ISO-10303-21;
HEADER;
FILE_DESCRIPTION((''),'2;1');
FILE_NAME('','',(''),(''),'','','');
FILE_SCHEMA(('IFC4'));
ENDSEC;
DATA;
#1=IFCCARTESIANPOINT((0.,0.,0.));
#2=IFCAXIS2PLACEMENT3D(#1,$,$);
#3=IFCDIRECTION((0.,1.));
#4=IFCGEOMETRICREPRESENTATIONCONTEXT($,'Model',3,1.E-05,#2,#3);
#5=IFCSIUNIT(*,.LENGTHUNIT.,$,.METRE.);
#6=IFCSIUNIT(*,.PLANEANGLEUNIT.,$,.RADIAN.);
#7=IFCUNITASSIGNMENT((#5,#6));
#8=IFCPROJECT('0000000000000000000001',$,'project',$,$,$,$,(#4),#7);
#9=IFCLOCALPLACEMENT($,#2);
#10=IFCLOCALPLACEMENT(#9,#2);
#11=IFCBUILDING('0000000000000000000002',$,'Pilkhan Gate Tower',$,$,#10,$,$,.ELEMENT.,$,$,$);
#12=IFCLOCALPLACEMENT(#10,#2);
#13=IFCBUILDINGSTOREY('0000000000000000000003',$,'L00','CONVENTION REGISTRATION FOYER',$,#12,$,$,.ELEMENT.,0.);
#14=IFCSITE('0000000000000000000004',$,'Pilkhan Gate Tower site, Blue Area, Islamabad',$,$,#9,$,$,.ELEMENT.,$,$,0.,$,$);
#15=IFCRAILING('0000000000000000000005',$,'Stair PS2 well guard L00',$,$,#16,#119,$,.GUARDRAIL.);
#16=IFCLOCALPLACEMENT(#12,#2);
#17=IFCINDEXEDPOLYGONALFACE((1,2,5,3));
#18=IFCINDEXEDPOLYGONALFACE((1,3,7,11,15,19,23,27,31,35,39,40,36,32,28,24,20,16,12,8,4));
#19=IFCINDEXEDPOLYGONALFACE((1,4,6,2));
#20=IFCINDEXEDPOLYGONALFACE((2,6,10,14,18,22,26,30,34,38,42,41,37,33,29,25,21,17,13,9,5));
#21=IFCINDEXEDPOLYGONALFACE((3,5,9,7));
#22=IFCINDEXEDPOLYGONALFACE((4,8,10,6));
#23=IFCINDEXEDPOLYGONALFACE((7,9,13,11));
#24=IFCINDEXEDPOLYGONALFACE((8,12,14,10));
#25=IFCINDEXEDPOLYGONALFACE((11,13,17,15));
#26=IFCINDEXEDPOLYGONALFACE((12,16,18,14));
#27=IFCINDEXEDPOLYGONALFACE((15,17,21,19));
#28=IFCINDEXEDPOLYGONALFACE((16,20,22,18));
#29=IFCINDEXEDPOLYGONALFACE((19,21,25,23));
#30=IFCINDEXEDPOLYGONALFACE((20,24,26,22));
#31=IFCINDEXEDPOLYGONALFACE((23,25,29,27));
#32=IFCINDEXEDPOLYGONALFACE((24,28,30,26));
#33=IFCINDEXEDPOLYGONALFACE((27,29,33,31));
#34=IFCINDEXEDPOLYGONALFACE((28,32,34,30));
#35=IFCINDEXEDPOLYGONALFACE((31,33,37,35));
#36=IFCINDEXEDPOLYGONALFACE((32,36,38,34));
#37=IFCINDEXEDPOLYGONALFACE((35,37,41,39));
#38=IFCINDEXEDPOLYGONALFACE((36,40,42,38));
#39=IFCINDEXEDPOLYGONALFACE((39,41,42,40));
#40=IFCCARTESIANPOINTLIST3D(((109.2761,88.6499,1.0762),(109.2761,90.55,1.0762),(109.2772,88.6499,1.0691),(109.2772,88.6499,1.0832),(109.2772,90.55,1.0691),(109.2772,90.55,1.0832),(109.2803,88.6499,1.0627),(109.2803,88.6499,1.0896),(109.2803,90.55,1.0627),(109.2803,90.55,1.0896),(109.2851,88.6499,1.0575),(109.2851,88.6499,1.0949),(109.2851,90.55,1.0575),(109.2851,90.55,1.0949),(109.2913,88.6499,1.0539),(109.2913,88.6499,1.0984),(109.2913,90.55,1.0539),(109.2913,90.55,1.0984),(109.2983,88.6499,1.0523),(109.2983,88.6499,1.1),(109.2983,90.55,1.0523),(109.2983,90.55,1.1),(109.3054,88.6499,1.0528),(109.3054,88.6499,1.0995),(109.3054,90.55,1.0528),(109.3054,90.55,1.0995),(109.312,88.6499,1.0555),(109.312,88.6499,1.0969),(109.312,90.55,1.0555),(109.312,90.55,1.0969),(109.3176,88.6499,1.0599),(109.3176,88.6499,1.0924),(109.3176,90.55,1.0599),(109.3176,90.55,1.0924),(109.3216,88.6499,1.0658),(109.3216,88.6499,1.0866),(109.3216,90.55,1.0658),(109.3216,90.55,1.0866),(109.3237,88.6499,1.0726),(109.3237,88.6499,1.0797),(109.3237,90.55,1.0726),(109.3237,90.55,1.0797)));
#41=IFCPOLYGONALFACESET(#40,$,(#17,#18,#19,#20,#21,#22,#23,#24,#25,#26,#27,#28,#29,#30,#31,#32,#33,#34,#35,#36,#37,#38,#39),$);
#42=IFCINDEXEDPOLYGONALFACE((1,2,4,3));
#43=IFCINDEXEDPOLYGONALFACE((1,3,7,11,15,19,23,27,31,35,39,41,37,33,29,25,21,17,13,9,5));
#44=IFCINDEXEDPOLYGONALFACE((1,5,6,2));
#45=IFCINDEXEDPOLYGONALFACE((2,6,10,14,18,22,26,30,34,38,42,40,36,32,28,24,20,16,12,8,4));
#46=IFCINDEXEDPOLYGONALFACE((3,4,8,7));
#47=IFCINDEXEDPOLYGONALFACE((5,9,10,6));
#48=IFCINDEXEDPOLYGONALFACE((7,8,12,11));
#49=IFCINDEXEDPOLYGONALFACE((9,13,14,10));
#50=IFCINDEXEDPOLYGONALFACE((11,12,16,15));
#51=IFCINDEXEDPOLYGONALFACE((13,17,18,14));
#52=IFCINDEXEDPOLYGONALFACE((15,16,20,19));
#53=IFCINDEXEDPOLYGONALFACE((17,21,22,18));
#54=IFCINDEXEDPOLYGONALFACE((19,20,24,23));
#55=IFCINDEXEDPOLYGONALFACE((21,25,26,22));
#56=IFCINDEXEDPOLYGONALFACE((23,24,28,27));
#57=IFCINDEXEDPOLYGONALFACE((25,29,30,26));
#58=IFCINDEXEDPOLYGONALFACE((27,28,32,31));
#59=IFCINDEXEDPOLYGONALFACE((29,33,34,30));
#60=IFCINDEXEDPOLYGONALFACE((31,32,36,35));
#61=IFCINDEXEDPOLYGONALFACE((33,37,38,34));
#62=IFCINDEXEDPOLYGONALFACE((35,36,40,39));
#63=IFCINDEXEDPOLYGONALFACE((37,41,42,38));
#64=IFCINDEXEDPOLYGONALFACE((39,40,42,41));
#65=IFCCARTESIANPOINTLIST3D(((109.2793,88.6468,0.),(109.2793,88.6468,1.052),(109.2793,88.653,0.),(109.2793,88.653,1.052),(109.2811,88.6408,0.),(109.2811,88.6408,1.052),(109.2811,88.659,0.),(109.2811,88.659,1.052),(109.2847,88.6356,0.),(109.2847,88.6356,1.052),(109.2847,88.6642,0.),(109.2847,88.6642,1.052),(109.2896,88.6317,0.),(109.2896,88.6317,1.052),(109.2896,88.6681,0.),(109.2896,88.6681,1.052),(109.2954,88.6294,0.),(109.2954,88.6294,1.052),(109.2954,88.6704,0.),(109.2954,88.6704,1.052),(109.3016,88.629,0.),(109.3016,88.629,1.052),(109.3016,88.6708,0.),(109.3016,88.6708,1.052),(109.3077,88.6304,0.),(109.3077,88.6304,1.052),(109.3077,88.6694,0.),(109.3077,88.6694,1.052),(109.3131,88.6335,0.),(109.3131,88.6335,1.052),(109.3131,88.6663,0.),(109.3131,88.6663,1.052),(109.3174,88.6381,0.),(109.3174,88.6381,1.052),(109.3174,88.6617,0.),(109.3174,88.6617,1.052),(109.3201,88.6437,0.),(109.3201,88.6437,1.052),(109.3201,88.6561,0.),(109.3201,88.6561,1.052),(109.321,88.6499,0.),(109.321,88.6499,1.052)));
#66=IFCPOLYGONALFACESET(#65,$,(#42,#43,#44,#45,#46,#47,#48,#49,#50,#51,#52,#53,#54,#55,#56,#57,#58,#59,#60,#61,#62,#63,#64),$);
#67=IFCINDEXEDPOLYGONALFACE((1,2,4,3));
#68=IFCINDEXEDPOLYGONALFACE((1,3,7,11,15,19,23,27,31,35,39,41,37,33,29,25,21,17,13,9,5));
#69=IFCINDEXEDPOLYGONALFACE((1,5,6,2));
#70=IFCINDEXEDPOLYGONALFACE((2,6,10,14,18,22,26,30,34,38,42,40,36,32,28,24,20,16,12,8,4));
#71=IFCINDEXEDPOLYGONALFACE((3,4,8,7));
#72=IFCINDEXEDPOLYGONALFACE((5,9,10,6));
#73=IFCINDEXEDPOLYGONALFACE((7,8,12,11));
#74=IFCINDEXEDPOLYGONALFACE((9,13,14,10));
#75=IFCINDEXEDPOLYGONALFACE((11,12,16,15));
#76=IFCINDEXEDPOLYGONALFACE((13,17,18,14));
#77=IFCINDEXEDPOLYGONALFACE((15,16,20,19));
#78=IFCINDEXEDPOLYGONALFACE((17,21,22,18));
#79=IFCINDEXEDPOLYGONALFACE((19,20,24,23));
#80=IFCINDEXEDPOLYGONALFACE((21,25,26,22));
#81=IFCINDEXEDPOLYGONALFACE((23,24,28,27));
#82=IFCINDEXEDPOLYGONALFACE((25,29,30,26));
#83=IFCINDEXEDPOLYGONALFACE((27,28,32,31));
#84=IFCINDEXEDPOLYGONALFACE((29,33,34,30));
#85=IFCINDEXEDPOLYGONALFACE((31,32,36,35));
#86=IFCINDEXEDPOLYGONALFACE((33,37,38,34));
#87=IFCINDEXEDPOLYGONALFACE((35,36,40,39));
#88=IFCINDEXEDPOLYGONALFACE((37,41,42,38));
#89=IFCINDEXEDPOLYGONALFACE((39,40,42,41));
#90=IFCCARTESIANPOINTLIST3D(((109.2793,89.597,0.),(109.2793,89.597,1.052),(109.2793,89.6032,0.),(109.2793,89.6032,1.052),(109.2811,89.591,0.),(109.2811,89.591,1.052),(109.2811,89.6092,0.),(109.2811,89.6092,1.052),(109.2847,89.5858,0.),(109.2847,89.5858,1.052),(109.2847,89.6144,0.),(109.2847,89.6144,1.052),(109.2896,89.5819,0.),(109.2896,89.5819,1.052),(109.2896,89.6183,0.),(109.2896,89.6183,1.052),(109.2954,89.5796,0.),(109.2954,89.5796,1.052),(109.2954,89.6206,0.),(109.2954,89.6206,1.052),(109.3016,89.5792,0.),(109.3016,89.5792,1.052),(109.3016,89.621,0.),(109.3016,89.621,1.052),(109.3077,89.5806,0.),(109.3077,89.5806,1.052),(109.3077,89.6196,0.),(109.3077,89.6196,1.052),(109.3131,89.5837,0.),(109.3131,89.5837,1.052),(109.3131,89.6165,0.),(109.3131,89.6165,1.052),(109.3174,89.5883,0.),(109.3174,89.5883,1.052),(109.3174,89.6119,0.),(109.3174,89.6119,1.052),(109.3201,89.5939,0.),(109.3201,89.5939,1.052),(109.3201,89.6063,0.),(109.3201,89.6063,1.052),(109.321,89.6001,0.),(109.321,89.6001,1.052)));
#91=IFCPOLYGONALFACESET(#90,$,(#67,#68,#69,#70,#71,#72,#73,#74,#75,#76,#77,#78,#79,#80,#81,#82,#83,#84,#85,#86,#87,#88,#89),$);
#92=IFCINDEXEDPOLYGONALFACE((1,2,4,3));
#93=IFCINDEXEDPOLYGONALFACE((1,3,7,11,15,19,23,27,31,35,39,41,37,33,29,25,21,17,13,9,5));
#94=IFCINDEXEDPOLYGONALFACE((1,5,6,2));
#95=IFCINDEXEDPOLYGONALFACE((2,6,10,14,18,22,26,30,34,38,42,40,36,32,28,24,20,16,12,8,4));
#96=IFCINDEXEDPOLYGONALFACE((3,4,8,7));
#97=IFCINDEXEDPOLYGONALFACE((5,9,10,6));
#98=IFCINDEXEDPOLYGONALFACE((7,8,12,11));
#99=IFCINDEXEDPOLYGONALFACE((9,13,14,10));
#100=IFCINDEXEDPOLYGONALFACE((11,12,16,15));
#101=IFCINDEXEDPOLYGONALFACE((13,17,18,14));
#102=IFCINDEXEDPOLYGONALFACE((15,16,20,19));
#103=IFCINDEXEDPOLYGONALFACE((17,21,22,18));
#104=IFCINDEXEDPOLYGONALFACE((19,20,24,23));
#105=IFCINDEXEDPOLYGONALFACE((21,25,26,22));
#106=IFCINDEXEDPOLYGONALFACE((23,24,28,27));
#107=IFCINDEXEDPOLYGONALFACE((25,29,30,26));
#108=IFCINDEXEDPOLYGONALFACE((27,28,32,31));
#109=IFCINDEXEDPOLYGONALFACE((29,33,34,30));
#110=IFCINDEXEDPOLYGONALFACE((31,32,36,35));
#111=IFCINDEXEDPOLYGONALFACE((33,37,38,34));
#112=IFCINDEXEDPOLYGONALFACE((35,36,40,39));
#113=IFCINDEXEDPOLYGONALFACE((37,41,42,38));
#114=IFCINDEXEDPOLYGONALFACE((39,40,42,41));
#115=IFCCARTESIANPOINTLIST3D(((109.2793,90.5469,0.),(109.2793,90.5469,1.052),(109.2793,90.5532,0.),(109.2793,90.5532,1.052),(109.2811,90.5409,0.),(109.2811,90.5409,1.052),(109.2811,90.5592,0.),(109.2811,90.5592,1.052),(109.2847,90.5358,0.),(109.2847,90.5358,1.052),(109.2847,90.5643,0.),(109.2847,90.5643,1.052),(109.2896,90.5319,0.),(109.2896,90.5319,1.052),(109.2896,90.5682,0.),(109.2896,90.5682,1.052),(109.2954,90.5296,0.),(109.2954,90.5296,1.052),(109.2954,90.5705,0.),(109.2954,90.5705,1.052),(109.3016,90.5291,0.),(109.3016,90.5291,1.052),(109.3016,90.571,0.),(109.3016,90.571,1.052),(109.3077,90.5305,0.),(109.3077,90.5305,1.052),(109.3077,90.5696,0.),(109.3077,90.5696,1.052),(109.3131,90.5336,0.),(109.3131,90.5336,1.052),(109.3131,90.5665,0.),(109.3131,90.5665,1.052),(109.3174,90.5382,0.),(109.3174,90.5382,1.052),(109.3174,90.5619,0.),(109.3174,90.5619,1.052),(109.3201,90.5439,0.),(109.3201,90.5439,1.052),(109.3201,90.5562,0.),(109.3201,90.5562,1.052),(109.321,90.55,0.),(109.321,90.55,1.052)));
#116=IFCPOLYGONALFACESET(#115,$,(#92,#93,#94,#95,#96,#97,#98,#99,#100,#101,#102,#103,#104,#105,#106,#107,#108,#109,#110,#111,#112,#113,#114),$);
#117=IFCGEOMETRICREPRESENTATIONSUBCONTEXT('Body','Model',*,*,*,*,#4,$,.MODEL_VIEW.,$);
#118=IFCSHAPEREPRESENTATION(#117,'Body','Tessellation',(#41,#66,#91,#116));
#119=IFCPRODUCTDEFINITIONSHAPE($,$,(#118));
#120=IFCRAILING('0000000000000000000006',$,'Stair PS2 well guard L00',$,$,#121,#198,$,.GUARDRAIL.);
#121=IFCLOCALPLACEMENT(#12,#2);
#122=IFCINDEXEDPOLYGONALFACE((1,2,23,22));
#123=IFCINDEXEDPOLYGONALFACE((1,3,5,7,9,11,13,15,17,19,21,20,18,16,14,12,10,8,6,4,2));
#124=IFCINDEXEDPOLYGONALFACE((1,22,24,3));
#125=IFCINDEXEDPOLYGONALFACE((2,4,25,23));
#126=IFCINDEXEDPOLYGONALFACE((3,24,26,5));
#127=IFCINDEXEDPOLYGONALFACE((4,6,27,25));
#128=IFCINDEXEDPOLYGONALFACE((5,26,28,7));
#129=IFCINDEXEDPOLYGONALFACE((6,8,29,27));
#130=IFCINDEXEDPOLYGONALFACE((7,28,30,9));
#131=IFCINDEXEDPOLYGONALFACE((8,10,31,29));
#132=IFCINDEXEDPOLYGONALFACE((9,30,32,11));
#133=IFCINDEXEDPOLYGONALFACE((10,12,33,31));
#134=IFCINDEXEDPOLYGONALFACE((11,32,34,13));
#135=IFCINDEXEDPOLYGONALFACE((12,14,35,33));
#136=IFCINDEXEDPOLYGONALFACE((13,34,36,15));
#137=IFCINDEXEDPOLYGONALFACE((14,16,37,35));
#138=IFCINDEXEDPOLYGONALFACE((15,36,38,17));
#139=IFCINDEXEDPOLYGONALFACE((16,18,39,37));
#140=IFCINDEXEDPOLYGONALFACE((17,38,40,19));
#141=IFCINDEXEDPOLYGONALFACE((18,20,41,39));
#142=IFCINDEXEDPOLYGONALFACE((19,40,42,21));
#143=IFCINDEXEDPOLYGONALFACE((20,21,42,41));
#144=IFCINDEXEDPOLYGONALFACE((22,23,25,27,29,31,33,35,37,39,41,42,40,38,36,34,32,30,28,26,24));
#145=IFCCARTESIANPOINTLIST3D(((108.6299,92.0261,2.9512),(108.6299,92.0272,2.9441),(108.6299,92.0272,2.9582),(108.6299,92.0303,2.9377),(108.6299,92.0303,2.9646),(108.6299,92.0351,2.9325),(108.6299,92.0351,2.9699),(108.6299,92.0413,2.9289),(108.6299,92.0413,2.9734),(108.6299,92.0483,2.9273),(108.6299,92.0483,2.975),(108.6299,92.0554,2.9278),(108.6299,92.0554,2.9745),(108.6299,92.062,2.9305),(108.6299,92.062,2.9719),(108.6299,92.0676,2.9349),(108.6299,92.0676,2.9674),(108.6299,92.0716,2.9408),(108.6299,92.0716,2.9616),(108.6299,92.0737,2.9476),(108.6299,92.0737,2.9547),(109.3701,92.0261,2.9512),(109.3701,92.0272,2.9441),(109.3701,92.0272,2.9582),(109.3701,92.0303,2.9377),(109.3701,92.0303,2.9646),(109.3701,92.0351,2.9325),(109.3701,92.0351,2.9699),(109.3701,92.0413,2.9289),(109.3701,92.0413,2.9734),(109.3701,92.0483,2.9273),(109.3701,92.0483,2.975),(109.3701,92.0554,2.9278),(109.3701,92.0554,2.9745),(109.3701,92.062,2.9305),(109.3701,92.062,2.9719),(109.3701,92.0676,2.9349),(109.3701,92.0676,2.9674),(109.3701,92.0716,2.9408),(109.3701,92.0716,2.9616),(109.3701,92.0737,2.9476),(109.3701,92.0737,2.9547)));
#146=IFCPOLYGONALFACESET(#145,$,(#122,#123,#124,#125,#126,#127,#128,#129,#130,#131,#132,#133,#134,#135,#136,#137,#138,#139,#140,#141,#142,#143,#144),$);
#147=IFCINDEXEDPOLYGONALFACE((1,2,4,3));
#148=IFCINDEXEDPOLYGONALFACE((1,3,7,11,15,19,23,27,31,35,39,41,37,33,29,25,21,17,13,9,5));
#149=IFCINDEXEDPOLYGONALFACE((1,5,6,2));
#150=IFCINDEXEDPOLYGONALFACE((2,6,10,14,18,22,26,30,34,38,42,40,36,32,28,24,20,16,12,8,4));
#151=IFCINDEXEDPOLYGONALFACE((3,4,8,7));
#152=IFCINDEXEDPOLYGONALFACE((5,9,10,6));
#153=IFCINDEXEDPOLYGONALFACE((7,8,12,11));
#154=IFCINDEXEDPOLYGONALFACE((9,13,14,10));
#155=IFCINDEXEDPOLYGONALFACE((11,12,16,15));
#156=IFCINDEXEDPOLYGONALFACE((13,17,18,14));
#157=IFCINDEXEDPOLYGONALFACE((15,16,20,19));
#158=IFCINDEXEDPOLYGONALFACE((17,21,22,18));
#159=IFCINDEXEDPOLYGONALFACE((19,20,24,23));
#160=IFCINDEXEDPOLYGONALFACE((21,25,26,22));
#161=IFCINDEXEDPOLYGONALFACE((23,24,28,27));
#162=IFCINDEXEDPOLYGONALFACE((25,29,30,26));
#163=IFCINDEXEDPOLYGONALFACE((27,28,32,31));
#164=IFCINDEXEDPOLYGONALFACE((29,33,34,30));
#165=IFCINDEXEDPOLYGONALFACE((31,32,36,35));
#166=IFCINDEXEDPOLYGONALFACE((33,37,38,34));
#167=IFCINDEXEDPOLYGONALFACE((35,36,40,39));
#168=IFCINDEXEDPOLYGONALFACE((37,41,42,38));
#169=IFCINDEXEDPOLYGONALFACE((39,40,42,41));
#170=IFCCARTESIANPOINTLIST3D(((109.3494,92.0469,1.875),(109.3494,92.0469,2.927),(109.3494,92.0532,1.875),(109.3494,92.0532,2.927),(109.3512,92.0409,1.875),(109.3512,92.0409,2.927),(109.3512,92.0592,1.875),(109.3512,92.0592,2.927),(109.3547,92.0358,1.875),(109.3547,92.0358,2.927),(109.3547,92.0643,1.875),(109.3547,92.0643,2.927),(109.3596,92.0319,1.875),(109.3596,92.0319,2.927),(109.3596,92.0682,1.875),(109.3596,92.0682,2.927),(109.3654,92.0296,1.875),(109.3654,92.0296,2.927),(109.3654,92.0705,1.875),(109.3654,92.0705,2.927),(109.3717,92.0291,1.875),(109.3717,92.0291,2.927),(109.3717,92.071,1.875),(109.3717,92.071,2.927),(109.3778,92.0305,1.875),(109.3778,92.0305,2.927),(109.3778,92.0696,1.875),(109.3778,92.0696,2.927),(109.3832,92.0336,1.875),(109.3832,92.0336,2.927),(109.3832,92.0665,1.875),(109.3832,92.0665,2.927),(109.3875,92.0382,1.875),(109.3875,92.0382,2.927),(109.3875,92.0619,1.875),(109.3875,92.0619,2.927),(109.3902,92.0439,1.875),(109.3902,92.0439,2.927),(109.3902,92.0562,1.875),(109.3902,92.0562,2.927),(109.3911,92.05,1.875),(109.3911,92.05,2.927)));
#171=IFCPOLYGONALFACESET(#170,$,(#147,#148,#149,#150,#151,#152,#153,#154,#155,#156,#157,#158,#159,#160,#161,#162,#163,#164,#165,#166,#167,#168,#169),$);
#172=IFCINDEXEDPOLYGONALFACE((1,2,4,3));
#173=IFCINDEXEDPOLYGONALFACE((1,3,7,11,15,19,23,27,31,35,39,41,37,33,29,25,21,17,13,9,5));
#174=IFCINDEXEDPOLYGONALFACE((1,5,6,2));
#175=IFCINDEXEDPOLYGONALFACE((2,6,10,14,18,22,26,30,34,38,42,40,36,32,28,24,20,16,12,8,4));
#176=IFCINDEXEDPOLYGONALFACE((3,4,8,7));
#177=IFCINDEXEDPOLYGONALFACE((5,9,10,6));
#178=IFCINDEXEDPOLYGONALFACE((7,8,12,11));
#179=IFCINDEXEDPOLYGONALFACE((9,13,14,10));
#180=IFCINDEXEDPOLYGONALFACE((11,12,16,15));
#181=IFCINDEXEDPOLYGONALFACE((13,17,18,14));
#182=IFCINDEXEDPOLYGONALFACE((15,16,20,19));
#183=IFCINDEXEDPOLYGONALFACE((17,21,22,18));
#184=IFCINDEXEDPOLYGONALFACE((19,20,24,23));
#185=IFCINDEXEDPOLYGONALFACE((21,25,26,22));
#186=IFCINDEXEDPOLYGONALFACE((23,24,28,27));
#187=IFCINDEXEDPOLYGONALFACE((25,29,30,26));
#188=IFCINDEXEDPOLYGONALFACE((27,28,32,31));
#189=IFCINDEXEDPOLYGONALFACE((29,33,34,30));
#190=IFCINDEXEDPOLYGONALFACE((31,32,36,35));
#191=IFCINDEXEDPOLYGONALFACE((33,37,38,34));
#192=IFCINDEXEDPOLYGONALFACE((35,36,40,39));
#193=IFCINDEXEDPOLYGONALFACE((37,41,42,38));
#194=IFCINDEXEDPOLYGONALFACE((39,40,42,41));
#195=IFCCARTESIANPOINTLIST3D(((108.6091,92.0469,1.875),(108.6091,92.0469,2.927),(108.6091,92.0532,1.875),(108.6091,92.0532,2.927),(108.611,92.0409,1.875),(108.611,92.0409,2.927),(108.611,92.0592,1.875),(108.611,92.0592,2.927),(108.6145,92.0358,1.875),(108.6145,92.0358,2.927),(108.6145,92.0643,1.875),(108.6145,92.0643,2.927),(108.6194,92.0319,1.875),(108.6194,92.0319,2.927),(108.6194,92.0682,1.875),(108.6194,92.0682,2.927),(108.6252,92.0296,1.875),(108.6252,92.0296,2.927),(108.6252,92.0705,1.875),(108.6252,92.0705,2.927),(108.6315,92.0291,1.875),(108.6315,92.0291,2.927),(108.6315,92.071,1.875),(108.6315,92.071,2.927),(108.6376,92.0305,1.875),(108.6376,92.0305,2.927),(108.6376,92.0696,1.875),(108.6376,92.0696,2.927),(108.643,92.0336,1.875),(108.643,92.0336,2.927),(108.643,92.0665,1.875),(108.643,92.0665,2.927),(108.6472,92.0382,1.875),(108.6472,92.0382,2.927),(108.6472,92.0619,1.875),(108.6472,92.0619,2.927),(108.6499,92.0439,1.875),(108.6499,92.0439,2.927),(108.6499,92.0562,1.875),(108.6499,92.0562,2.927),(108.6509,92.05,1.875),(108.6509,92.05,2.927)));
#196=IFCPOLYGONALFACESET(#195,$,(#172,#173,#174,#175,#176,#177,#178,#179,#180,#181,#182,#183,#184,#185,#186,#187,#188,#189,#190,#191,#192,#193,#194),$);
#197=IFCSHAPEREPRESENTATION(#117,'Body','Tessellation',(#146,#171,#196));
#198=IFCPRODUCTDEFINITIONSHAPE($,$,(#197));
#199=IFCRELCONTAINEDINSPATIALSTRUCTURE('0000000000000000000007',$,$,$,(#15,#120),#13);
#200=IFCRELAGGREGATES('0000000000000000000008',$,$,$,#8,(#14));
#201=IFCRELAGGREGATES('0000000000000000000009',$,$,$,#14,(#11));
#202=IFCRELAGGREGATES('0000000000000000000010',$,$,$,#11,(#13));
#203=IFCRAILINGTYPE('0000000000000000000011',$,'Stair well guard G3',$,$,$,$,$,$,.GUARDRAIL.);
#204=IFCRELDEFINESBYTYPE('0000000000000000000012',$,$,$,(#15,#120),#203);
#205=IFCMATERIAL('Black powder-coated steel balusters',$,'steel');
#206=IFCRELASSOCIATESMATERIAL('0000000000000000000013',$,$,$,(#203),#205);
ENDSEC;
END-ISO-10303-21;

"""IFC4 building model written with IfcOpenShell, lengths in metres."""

from ifc_helpers import new_model, si_unit, direction, frame, origin, origin_2d, place, context, subcontext, project, spatial, circle, extrude, material, type_object, element, save


model = new_model("IFC4")

# Units and contexts
model_context = context("Model", 3, precision=1e-05, world=origin(), true_north=direction((0.0, 1.0)))
body_context = subcontext(model_context, "Body", "Model", "MODEL_VIEW")
ifc_project = project(units=[si_unit("LENGTHUNIT", "METRE"), si_unit("PLANEANGLEUNIT", "RADIAN")], contexts=[model_context])

# Site, building, storey
site_placement = place(None, origin())
site = spatial("IfcSite", under=ifc_project, at=site_placement, Name="Pilkhan Gate Tower site, Blue Area, Islamabad", CompositionType="ELEMENT", RefElevation=0.0)
building_placement = place(site_placement, origin())
building = spatial("IfcBuilding", under=site, at=building_placement, Name="Pilkhan Gate Tower", CompositionType="ELEMENT")
storey_placement = place(building_placement, origin())
storey = spatial("IfcBuildingStorey", under=building, at=storey_placement, Name="L00", Description="CONVENTION REGISTRATION FOYER", CompositionType="ELEMENT", Elevation=0.0)

# Railings
ifc_material_1 = material(Name="Black powder-coated steel balusters", Category="steel")
railing_type_1 = type_object("IfcRailingType", Name="Stair well guard G3", PredefinedType="GUARDRAIL", material=ifc_material_1)
railing_1_placement = place(storey_placement, frame((109.3, 88.6499, 0.0)))
element("IfcRailing", 1, at=railing_1_placement, inside=storey, type_object=railing_type_1, Name="Stair PS2 well guard L00", PredefinedType="GUARDRAIL", context=body_context, shape_type="SweptSolid", body=[
    extrude(circle(Radius=0.0239, at=origin_2d()), frame((0.0, 0.0, 1.0762), z_axis=(0.0, 1.0, 0.0), x_axis=(-1.0, 0.0, 0.0)), (0.0, 0.0, 1.0), 1.9001),
    extrude(circle(Radius=0.021, at=origin_2d()), origin(), (0.0, 0.0, 1.0), 1.052),
    extrude(circle(Radius=0.021, at=origin_2d()), frame((0.0, 0.9502, 0.0)), (0.0, 0.0, 1.0), 1.052),
    extrude(circle(Radius=0.021, at=origin_2d()), frame((0.0, 1.9001, 0.0)), (0.0, 0.0, 1.0), 1.052),
])
railing_2_placement = place(storey_placement, frame((109.3701, 92.05, 1.875)))
element("IfcRailing", 2, at=railing_2_placement, inside=storey, type_object=railing_type_1, Name="Stair PS2 well guard L00", PredefinedType="GUARDRAIL", context=body_context, shape_type="SweptSolid", body=[
    extrude(circle(Radius=0.0239, at=origin_2d()), frame((0.0, 0.0, 1.0762), z_axis=(-1.0, 0.0, 0.0), x_axis=(0.0, -1.0, 0.0)), (0.0, 0.0, 1.0), 0.7402),
    extrude(circle(Radius=0.021, at=origin_2d()), origin(), (0.0, 0.0, 1.0), 1.052),
    extrude(circle(Radius=0.021, at=origin_2d()), frame((-0.7402, 0.0, 0.0)), (0.0, 0.0, 1.0), 1.052),
])

save(model, "model.ifc")
